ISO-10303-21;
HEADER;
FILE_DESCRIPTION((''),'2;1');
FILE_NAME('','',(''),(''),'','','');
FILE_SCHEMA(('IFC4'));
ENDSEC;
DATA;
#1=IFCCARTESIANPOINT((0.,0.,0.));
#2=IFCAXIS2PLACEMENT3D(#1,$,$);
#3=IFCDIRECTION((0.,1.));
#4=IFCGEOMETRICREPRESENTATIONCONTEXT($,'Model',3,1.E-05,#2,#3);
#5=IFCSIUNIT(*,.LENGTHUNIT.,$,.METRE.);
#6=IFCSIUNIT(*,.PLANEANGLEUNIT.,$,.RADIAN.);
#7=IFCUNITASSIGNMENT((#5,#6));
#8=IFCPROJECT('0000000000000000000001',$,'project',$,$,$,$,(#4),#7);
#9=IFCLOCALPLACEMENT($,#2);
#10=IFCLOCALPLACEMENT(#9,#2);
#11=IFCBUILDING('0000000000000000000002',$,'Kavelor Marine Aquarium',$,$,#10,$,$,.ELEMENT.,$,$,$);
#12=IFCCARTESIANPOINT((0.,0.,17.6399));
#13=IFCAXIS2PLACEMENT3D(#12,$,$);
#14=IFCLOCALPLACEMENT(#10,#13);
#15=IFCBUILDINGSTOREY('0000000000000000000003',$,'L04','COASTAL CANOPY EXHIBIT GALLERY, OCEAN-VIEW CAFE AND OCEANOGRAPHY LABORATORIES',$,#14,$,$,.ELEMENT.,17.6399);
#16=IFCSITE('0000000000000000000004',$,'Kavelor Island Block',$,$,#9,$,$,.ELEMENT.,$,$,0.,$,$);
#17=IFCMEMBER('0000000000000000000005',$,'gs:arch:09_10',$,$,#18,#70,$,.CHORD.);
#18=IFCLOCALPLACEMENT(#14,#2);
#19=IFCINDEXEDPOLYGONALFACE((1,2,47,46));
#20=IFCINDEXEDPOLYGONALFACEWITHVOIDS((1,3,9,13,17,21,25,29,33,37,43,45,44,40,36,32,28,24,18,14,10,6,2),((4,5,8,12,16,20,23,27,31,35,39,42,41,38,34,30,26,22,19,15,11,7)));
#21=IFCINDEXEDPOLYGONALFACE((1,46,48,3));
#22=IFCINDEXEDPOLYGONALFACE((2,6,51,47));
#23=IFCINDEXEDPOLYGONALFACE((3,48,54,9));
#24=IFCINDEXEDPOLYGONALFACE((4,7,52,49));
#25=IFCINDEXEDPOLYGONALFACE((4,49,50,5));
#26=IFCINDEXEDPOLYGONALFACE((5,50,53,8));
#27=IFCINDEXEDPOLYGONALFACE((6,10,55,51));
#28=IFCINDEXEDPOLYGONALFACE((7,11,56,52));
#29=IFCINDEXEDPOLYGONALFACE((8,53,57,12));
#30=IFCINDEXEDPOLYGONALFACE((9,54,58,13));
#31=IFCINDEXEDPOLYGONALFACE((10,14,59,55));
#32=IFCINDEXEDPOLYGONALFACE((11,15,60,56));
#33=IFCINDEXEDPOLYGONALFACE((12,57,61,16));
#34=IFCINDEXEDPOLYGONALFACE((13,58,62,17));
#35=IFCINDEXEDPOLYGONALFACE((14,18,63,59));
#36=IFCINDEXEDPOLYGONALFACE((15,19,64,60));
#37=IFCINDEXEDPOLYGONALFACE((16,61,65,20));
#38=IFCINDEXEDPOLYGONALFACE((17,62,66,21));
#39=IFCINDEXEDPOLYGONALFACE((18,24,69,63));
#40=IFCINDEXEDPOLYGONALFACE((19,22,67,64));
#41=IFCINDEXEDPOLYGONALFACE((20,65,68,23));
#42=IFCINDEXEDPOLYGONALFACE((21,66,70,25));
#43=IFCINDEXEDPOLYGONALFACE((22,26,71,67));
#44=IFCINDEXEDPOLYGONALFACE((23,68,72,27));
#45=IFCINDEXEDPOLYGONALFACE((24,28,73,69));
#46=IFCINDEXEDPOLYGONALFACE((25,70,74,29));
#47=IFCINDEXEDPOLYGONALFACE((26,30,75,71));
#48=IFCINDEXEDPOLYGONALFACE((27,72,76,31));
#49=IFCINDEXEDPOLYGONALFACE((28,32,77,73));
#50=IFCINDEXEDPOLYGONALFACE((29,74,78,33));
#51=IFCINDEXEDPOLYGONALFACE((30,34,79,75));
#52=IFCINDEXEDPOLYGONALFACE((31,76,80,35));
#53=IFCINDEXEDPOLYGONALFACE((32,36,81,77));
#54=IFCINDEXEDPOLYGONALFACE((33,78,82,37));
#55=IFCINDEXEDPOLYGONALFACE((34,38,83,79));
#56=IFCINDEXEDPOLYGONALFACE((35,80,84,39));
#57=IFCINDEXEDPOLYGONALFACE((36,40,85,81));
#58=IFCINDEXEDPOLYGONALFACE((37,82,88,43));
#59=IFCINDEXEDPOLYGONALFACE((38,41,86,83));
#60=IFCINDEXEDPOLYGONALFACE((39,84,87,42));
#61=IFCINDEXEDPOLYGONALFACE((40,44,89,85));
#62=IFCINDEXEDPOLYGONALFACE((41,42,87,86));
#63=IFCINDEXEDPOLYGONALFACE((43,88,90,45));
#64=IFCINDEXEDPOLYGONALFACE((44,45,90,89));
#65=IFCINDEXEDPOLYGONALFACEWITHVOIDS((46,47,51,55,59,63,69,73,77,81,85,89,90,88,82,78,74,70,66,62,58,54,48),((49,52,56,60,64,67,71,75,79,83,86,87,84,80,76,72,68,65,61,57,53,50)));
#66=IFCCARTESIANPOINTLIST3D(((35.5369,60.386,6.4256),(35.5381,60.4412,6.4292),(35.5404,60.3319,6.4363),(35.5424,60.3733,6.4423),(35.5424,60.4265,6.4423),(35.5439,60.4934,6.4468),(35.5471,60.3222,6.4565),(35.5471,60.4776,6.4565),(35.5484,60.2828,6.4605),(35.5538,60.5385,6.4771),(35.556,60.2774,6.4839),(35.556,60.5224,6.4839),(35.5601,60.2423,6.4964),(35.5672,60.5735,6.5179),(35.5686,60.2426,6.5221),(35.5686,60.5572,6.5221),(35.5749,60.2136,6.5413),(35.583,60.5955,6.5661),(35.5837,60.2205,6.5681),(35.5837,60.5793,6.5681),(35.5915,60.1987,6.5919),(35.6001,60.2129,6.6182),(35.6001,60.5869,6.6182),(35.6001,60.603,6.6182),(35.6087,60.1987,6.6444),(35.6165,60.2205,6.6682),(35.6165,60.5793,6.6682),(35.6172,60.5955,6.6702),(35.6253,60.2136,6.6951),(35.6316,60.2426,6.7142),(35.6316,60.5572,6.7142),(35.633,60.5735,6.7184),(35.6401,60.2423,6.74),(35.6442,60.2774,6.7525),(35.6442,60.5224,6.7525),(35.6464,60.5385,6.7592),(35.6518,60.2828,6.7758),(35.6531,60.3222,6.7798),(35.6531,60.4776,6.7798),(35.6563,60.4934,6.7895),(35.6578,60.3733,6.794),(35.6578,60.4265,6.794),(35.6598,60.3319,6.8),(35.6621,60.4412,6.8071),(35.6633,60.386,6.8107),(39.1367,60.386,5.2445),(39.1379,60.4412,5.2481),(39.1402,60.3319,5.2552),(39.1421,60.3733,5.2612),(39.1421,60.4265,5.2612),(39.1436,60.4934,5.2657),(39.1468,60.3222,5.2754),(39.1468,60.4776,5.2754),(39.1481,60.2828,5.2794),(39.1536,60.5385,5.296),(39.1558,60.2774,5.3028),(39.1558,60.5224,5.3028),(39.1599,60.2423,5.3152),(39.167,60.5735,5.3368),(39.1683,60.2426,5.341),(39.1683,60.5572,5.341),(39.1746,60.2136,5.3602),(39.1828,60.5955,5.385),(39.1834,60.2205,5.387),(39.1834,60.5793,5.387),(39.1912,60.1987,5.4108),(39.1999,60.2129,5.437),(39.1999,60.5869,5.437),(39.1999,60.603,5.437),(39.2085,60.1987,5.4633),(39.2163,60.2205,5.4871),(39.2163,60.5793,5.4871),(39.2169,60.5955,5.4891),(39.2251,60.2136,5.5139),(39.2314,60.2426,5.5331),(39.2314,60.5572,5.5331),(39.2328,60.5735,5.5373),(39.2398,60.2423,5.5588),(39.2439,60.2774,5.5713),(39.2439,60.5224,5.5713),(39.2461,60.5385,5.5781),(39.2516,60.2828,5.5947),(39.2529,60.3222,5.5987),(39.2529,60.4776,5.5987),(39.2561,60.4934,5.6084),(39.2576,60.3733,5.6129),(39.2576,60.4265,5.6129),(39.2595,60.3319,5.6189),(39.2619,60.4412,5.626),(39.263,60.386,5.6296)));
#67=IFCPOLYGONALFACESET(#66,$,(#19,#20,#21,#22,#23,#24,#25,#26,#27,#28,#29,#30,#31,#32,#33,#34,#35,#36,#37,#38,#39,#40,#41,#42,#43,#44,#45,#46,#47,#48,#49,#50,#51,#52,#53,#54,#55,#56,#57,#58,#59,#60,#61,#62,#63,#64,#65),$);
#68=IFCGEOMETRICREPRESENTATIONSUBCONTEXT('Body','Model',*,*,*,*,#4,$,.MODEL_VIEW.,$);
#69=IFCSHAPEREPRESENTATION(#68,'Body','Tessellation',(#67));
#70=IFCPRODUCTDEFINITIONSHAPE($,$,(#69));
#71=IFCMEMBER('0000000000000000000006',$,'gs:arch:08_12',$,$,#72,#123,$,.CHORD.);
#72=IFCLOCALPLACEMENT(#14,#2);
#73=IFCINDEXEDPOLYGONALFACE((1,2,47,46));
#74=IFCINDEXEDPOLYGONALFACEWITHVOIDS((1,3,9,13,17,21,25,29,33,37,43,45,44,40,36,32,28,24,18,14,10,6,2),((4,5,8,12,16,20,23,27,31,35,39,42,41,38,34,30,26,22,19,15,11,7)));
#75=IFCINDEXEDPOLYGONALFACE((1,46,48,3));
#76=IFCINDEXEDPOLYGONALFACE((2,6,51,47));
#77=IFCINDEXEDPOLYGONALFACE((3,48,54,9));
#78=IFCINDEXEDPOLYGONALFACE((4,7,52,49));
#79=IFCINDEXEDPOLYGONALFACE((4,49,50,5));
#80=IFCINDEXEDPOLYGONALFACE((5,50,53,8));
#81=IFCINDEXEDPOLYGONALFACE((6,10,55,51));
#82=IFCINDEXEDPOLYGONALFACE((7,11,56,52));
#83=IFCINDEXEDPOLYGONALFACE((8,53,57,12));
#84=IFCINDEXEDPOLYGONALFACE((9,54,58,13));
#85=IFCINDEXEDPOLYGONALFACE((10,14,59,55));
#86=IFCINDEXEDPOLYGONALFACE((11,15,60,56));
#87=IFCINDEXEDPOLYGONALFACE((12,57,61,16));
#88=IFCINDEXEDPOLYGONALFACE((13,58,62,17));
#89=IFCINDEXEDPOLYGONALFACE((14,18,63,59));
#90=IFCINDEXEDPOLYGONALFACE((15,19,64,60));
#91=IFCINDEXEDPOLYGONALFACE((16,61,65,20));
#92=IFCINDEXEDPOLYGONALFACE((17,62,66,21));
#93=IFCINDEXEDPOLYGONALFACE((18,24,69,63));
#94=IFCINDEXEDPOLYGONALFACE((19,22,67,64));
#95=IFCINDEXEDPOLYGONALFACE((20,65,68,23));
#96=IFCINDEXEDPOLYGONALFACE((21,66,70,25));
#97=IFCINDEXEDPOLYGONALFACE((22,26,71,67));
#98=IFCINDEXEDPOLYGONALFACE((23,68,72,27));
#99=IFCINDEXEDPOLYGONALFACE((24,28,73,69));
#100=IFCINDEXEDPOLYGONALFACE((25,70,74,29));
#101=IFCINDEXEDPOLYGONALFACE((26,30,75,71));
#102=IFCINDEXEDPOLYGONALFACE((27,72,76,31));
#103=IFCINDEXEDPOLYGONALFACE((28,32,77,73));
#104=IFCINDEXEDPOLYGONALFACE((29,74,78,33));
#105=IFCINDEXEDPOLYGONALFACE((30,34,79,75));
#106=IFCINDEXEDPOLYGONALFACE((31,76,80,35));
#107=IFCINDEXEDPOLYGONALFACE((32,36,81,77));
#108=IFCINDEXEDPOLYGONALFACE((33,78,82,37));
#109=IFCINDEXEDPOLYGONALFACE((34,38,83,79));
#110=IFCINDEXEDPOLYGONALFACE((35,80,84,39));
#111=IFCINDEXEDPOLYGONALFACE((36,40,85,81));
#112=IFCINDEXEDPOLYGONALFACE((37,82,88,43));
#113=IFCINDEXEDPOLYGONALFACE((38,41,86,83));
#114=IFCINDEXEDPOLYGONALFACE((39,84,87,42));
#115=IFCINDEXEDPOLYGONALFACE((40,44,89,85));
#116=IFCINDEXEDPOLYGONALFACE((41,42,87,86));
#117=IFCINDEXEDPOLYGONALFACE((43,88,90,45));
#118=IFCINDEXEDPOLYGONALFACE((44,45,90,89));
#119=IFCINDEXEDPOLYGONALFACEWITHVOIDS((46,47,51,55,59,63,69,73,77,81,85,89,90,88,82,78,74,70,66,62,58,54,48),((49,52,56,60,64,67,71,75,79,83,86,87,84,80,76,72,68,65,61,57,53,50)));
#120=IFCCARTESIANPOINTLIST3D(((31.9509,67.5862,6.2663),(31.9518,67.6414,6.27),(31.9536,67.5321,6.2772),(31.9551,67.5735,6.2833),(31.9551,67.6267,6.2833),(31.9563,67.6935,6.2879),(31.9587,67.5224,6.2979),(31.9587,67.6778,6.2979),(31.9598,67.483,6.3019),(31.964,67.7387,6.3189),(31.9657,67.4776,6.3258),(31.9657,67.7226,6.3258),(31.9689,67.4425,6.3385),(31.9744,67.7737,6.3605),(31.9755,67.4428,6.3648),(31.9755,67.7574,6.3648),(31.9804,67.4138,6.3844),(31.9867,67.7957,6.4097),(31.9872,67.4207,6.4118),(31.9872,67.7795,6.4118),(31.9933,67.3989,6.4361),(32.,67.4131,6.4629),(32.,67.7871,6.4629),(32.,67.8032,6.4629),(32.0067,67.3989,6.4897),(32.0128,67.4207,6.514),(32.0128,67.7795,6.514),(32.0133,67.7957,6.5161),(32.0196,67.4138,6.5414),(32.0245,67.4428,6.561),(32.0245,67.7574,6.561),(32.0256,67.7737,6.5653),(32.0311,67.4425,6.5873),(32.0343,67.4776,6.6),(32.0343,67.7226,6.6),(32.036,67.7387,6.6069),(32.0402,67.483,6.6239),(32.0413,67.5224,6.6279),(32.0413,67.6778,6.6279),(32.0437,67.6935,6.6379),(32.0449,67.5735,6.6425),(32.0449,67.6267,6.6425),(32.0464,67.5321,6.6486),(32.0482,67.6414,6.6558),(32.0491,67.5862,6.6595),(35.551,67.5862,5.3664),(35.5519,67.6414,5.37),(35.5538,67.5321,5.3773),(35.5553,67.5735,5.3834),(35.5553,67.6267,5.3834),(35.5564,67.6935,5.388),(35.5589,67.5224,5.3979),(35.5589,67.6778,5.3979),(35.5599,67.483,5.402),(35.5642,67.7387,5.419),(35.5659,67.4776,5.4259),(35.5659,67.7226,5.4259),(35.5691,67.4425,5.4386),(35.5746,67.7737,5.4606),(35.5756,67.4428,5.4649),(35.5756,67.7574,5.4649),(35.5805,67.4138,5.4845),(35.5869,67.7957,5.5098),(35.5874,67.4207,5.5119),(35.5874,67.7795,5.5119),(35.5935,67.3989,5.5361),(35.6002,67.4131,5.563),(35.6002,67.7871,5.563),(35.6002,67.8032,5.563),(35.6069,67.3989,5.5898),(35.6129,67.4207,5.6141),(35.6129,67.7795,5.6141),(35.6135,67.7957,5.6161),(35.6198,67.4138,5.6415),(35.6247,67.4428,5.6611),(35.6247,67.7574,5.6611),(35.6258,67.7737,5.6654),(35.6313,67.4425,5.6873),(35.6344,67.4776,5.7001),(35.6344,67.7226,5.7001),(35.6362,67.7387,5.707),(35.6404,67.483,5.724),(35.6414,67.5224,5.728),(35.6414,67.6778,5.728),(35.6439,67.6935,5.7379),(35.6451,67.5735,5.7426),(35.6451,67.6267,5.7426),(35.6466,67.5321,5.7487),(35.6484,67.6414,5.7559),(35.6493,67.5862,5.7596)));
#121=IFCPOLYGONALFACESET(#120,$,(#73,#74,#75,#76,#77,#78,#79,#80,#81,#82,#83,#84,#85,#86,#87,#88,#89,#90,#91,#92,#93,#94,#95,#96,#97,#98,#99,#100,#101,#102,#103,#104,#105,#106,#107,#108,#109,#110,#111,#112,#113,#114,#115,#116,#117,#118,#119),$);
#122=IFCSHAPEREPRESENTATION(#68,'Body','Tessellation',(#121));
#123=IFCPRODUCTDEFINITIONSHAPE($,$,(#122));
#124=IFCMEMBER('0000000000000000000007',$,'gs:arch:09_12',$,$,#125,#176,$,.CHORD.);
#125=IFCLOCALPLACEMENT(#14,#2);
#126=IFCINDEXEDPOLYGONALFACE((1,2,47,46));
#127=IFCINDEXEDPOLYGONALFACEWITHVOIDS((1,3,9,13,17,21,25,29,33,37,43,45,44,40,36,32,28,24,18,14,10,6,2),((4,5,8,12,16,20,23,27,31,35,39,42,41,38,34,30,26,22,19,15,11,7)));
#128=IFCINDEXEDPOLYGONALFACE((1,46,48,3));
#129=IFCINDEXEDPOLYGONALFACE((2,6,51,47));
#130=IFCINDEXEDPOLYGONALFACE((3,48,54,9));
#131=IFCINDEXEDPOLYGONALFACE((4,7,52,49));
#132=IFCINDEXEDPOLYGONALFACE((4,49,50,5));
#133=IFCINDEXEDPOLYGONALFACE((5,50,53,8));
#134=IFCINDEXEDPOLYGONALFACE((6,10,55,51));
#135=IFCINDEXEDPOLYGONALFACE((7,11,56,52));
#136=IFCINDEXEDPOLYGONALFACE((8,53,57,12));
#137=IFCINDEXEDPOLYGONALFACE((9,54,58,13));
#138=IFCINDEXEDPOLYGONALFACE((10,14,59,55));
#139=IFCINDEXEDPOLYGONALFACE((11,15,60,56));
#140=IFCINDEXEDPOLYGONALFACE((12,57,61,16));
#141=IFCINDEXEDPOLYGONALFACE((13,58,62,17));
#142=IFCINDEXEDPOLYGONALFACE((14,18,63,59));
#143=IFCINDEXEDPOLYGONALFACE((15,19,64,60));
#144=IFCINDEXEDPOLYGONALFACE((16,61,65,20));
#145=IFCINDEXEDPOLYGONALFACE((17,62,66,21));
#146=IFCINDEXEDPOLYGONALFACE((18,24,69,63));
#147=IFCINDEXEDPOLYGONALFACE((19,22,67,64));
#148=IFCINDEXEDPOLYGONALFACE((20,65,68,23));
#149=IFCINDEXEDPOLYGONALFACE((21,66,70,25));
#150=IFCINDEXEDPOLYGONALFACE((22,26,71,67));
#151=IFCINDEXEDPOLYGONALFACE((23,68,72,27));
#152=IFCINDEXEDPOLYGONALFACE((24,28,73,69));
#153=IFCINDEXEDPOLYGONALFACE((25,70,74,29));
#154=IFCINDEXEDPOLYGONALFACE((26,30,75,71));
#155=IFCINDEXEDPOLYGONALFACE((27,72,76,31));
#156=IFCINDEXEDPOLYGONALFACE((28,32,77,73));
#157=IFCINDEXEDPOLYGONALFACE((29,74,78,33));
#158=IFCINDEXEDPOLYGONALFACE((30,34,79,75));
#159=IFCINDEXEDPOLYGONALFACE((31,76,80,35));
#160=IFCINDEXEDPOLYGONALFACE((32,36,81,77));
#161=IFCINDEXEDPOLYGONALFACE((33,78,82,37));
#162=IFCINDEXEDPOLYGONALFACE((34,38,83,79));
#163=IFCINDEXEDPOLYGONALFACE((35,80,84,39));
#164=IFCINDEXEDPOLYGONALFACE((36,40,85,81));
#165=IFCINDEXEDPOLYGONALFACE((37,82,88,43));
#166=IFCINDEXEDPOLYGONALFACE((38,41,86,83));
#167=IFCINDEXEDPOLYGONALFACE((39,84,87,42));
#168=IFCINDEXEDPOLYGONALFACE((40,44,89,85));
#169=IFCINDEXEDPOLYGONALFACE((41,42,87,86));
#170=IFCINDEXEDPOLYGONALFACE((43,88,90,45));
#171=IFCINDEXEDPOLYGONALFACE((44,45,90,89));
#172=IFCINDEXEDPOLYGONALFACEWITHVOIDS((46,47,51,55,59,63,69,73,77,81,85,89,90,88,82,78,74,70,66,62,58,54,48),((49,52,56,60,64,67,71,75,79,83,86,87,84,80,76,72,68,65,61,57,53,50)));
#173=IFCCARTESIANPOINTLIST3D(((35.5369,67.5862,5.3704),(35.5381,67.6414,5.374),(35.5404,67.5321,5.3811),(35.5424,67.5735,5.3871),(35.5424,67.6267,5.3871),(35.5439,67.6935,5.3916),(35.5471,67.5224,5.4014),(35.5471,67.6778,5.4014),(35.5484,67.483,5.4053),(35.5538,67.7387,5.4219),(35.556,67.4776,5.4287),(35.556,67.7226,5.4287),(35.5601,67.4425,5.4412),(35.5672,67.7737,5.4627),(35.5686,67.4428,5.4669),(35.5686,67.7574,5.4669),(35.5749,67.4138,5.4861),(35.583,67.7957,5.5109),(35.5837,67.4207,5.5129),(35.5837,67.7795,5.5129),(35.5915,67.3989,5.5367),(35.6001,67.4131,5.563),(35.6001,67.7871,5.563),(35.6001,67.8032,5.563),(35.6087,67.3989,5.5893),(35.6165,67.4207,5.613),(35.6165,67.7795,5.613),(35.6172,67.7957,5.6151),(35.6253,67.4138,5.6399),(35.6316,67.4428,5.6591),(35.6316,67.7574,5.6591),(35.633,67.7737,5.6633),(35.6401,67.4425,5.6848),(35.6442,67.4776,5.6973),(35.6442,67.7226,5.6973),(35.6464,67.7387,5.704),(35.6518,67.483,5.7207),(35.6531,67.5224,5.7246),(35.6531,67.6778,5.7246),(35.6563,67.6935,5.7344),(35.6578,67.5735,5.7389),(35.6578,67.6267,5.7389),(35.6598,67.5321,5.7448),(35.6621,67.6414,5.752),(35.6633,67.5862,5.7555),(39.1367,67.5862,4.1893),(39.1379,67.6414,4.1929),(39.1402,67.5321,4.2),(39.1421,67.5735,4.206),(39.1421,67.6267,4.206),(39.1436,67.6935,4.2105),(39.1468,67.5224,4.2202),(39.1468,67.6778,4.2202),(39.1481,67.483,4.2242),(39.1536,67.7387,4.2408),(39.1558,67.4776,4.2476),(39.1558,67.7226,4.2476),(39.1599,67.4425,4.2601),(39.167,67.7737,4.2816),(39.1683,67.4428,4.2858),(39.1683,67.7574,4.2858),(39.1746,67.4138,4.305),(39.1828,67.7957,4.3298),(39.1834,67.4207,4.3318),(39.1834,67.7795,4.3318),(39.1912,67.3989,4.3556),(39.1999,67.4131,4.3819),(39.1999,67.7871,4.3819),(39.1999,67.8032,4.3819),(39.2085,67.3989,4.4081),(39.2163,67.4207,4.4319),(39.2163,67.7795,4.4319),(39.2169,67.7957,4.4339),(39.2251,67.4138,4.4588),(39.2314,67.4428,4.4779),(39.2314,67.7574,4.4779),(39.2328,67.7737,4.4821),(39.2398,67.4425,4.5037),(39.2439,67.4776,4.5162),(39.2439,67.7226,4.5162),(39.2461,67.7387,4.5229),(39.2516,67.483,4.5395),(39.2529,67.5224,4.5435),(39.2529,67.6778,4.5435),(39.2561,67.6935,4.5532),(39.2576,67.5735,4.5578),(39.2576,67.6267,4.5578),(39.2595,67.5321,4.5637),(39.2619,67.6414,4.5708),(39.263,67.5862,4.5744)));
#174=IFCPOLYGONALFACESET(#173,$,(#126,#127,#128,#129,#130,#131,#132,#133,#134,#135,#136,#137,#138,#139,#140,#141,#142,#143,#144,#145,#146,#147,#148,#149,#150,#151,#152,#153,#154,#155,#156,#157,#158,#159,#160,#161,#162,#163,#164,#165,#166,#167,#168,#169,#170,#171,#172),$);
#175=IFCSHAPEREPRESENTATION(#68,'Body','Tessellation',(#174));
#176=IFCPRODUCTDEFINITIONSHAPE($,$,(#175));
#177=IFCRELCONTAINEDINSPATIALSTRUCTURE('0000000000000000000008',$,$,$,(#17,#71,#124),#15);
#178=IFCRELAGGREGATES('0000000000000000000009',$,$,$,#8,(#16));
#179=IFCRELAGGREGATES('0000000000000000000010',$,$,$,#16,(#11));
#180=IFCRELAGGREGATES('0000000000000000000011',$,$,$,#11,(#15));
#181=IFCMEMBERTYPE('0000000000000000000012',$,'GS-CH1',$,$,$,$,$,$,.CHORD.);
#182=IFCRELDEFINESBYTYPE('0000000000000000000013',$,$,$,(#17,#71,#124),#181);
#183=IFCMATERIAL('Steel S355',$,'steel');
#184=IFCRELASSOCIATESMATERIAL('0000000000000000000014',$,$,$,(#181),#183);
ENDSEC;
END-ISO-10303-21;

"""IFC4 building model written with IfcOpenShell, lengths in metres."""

from ifc_helpers import new_model, si_unit, direction, frame, origin, origin_2d, place, context, subcontext, project, spatial, hollow_circle, extrude, material, material_profile, profile_set, type_object, element, save


model = new_model("IFC4")

# Units and contexts
model_context = context("Model", 3, precision=1e-05, world=origin(), true_north=direction((0.0, 1.0)))
body_context = subcontext(model_context, "Body", "Model", "MODEL_VIEW")
ifc_project = project(units=[si_unit("LENGTHUNIT", "METRE"), si_unit("PLANEANGLEUNIT", "RADIAN")], contexts=[model_context])

# Site, building, storey
site_placement = place(None, origin())
site = spatial("IfcSite", under=ifc_project, at=site_placement, Name="Kavelor Island Block", CompositionType="ELEMENT", RefElevation=0.0)
building_placement = place(site_placement, origin())
building = spatial("IfcBuilding", under=site, at=building_placement, Name="Kavelor Marine Aquarium", CompositionType="ELEMENT")
storey_placement = place(building_placement, frame((0.0, 0.0, 17.6399)))
storey = spatial("IfcBuildingStorey", under=building, at=storey_placement, Name="L04", Description="COASTAL CANOPY EXHIBIT GALLERY, OCEAN-VIEW CAFE AND OCEANOGRAPHY LABORATORIES", CompositionType="ELEMENT", Elevation=17.6399)

# Members
ifc_material_1 = material(Name="Steel S355", Category="steel")
ifc_material_profile_1 = material_profile(ifc_material_1, hollow_circle(Radius=0.2031, WallThickness=0.0161, at=origin_2d()), Name="CHS 406.4x16.0")
ifc_profile_set_1 = profile_set([ifc_material_profile_1], Name="Steel S355")
member_type_1 = type_object("IfcMemberType", Name="GS-CH1", PredefinedType="CHORD", material=ifc_profile_set_1)
member_1_placement = place(storey_placement, frame((35.6001, 60.3999, 6.6182), z_axis=(0.950161, 0.0, -0.311759), x_axis=(0.0, 1.0, 0.0)))
element("IfcMember", 1, at=member_1_placement, inside=storey, type_object=member_type_1, Name="gs:arch:09_10", PredefinedType="CHORD", context=body_context, shape_type="SweptSolid", body=[
    extrude(hollow_circle(Radius=0.2031, WallThickness=0.0161, at=origin_2d()), origin(), (0.0, 0.0, 1.0), 3.7886),
])
member_2_placement = place(storey_placement, frame((32.0, 67.6001, 6.4629), z_axis=(0.97015, 0.0, -0.242505), x_axis=(0.0, 1.0, 0.0)))
element("IfcMember", 2, at=member_2_placement, inside=storey, type_object=member_type_1, Name="gs:arch:08_12", PredefinedType="CHORD", context=body_context, shape_type="SweptSolid", body=[
    extrude(hollow_circle(Radius=0.2031, WallThickness=0.0161, at=origin_2d()), origin(), (0.0, 0.0, 1.0), 3.7109),
])
member_3_placement = place(storey_placement, frame((35.6001, 67.6001, 5.563), z_axis=(0.950161, 0.0, -0.311759), x_axis=(0.0, 1.0, 0.0)))
element("IfcMember", 3, at=member_3_placement, inside=storey, type_object=member_type_1, Name="gs:arch:09_12", PredefinedType="CHORD", context=body_context, shape_type="SweptSolid", body=[
    extrude(hollow_circle(Radius=0.2031, WallThickness=0.0161, at=origin_2d()), origin(), (0.0, 0.0, 1.0), 3.7886),
])

save(model, "model.ifc")
